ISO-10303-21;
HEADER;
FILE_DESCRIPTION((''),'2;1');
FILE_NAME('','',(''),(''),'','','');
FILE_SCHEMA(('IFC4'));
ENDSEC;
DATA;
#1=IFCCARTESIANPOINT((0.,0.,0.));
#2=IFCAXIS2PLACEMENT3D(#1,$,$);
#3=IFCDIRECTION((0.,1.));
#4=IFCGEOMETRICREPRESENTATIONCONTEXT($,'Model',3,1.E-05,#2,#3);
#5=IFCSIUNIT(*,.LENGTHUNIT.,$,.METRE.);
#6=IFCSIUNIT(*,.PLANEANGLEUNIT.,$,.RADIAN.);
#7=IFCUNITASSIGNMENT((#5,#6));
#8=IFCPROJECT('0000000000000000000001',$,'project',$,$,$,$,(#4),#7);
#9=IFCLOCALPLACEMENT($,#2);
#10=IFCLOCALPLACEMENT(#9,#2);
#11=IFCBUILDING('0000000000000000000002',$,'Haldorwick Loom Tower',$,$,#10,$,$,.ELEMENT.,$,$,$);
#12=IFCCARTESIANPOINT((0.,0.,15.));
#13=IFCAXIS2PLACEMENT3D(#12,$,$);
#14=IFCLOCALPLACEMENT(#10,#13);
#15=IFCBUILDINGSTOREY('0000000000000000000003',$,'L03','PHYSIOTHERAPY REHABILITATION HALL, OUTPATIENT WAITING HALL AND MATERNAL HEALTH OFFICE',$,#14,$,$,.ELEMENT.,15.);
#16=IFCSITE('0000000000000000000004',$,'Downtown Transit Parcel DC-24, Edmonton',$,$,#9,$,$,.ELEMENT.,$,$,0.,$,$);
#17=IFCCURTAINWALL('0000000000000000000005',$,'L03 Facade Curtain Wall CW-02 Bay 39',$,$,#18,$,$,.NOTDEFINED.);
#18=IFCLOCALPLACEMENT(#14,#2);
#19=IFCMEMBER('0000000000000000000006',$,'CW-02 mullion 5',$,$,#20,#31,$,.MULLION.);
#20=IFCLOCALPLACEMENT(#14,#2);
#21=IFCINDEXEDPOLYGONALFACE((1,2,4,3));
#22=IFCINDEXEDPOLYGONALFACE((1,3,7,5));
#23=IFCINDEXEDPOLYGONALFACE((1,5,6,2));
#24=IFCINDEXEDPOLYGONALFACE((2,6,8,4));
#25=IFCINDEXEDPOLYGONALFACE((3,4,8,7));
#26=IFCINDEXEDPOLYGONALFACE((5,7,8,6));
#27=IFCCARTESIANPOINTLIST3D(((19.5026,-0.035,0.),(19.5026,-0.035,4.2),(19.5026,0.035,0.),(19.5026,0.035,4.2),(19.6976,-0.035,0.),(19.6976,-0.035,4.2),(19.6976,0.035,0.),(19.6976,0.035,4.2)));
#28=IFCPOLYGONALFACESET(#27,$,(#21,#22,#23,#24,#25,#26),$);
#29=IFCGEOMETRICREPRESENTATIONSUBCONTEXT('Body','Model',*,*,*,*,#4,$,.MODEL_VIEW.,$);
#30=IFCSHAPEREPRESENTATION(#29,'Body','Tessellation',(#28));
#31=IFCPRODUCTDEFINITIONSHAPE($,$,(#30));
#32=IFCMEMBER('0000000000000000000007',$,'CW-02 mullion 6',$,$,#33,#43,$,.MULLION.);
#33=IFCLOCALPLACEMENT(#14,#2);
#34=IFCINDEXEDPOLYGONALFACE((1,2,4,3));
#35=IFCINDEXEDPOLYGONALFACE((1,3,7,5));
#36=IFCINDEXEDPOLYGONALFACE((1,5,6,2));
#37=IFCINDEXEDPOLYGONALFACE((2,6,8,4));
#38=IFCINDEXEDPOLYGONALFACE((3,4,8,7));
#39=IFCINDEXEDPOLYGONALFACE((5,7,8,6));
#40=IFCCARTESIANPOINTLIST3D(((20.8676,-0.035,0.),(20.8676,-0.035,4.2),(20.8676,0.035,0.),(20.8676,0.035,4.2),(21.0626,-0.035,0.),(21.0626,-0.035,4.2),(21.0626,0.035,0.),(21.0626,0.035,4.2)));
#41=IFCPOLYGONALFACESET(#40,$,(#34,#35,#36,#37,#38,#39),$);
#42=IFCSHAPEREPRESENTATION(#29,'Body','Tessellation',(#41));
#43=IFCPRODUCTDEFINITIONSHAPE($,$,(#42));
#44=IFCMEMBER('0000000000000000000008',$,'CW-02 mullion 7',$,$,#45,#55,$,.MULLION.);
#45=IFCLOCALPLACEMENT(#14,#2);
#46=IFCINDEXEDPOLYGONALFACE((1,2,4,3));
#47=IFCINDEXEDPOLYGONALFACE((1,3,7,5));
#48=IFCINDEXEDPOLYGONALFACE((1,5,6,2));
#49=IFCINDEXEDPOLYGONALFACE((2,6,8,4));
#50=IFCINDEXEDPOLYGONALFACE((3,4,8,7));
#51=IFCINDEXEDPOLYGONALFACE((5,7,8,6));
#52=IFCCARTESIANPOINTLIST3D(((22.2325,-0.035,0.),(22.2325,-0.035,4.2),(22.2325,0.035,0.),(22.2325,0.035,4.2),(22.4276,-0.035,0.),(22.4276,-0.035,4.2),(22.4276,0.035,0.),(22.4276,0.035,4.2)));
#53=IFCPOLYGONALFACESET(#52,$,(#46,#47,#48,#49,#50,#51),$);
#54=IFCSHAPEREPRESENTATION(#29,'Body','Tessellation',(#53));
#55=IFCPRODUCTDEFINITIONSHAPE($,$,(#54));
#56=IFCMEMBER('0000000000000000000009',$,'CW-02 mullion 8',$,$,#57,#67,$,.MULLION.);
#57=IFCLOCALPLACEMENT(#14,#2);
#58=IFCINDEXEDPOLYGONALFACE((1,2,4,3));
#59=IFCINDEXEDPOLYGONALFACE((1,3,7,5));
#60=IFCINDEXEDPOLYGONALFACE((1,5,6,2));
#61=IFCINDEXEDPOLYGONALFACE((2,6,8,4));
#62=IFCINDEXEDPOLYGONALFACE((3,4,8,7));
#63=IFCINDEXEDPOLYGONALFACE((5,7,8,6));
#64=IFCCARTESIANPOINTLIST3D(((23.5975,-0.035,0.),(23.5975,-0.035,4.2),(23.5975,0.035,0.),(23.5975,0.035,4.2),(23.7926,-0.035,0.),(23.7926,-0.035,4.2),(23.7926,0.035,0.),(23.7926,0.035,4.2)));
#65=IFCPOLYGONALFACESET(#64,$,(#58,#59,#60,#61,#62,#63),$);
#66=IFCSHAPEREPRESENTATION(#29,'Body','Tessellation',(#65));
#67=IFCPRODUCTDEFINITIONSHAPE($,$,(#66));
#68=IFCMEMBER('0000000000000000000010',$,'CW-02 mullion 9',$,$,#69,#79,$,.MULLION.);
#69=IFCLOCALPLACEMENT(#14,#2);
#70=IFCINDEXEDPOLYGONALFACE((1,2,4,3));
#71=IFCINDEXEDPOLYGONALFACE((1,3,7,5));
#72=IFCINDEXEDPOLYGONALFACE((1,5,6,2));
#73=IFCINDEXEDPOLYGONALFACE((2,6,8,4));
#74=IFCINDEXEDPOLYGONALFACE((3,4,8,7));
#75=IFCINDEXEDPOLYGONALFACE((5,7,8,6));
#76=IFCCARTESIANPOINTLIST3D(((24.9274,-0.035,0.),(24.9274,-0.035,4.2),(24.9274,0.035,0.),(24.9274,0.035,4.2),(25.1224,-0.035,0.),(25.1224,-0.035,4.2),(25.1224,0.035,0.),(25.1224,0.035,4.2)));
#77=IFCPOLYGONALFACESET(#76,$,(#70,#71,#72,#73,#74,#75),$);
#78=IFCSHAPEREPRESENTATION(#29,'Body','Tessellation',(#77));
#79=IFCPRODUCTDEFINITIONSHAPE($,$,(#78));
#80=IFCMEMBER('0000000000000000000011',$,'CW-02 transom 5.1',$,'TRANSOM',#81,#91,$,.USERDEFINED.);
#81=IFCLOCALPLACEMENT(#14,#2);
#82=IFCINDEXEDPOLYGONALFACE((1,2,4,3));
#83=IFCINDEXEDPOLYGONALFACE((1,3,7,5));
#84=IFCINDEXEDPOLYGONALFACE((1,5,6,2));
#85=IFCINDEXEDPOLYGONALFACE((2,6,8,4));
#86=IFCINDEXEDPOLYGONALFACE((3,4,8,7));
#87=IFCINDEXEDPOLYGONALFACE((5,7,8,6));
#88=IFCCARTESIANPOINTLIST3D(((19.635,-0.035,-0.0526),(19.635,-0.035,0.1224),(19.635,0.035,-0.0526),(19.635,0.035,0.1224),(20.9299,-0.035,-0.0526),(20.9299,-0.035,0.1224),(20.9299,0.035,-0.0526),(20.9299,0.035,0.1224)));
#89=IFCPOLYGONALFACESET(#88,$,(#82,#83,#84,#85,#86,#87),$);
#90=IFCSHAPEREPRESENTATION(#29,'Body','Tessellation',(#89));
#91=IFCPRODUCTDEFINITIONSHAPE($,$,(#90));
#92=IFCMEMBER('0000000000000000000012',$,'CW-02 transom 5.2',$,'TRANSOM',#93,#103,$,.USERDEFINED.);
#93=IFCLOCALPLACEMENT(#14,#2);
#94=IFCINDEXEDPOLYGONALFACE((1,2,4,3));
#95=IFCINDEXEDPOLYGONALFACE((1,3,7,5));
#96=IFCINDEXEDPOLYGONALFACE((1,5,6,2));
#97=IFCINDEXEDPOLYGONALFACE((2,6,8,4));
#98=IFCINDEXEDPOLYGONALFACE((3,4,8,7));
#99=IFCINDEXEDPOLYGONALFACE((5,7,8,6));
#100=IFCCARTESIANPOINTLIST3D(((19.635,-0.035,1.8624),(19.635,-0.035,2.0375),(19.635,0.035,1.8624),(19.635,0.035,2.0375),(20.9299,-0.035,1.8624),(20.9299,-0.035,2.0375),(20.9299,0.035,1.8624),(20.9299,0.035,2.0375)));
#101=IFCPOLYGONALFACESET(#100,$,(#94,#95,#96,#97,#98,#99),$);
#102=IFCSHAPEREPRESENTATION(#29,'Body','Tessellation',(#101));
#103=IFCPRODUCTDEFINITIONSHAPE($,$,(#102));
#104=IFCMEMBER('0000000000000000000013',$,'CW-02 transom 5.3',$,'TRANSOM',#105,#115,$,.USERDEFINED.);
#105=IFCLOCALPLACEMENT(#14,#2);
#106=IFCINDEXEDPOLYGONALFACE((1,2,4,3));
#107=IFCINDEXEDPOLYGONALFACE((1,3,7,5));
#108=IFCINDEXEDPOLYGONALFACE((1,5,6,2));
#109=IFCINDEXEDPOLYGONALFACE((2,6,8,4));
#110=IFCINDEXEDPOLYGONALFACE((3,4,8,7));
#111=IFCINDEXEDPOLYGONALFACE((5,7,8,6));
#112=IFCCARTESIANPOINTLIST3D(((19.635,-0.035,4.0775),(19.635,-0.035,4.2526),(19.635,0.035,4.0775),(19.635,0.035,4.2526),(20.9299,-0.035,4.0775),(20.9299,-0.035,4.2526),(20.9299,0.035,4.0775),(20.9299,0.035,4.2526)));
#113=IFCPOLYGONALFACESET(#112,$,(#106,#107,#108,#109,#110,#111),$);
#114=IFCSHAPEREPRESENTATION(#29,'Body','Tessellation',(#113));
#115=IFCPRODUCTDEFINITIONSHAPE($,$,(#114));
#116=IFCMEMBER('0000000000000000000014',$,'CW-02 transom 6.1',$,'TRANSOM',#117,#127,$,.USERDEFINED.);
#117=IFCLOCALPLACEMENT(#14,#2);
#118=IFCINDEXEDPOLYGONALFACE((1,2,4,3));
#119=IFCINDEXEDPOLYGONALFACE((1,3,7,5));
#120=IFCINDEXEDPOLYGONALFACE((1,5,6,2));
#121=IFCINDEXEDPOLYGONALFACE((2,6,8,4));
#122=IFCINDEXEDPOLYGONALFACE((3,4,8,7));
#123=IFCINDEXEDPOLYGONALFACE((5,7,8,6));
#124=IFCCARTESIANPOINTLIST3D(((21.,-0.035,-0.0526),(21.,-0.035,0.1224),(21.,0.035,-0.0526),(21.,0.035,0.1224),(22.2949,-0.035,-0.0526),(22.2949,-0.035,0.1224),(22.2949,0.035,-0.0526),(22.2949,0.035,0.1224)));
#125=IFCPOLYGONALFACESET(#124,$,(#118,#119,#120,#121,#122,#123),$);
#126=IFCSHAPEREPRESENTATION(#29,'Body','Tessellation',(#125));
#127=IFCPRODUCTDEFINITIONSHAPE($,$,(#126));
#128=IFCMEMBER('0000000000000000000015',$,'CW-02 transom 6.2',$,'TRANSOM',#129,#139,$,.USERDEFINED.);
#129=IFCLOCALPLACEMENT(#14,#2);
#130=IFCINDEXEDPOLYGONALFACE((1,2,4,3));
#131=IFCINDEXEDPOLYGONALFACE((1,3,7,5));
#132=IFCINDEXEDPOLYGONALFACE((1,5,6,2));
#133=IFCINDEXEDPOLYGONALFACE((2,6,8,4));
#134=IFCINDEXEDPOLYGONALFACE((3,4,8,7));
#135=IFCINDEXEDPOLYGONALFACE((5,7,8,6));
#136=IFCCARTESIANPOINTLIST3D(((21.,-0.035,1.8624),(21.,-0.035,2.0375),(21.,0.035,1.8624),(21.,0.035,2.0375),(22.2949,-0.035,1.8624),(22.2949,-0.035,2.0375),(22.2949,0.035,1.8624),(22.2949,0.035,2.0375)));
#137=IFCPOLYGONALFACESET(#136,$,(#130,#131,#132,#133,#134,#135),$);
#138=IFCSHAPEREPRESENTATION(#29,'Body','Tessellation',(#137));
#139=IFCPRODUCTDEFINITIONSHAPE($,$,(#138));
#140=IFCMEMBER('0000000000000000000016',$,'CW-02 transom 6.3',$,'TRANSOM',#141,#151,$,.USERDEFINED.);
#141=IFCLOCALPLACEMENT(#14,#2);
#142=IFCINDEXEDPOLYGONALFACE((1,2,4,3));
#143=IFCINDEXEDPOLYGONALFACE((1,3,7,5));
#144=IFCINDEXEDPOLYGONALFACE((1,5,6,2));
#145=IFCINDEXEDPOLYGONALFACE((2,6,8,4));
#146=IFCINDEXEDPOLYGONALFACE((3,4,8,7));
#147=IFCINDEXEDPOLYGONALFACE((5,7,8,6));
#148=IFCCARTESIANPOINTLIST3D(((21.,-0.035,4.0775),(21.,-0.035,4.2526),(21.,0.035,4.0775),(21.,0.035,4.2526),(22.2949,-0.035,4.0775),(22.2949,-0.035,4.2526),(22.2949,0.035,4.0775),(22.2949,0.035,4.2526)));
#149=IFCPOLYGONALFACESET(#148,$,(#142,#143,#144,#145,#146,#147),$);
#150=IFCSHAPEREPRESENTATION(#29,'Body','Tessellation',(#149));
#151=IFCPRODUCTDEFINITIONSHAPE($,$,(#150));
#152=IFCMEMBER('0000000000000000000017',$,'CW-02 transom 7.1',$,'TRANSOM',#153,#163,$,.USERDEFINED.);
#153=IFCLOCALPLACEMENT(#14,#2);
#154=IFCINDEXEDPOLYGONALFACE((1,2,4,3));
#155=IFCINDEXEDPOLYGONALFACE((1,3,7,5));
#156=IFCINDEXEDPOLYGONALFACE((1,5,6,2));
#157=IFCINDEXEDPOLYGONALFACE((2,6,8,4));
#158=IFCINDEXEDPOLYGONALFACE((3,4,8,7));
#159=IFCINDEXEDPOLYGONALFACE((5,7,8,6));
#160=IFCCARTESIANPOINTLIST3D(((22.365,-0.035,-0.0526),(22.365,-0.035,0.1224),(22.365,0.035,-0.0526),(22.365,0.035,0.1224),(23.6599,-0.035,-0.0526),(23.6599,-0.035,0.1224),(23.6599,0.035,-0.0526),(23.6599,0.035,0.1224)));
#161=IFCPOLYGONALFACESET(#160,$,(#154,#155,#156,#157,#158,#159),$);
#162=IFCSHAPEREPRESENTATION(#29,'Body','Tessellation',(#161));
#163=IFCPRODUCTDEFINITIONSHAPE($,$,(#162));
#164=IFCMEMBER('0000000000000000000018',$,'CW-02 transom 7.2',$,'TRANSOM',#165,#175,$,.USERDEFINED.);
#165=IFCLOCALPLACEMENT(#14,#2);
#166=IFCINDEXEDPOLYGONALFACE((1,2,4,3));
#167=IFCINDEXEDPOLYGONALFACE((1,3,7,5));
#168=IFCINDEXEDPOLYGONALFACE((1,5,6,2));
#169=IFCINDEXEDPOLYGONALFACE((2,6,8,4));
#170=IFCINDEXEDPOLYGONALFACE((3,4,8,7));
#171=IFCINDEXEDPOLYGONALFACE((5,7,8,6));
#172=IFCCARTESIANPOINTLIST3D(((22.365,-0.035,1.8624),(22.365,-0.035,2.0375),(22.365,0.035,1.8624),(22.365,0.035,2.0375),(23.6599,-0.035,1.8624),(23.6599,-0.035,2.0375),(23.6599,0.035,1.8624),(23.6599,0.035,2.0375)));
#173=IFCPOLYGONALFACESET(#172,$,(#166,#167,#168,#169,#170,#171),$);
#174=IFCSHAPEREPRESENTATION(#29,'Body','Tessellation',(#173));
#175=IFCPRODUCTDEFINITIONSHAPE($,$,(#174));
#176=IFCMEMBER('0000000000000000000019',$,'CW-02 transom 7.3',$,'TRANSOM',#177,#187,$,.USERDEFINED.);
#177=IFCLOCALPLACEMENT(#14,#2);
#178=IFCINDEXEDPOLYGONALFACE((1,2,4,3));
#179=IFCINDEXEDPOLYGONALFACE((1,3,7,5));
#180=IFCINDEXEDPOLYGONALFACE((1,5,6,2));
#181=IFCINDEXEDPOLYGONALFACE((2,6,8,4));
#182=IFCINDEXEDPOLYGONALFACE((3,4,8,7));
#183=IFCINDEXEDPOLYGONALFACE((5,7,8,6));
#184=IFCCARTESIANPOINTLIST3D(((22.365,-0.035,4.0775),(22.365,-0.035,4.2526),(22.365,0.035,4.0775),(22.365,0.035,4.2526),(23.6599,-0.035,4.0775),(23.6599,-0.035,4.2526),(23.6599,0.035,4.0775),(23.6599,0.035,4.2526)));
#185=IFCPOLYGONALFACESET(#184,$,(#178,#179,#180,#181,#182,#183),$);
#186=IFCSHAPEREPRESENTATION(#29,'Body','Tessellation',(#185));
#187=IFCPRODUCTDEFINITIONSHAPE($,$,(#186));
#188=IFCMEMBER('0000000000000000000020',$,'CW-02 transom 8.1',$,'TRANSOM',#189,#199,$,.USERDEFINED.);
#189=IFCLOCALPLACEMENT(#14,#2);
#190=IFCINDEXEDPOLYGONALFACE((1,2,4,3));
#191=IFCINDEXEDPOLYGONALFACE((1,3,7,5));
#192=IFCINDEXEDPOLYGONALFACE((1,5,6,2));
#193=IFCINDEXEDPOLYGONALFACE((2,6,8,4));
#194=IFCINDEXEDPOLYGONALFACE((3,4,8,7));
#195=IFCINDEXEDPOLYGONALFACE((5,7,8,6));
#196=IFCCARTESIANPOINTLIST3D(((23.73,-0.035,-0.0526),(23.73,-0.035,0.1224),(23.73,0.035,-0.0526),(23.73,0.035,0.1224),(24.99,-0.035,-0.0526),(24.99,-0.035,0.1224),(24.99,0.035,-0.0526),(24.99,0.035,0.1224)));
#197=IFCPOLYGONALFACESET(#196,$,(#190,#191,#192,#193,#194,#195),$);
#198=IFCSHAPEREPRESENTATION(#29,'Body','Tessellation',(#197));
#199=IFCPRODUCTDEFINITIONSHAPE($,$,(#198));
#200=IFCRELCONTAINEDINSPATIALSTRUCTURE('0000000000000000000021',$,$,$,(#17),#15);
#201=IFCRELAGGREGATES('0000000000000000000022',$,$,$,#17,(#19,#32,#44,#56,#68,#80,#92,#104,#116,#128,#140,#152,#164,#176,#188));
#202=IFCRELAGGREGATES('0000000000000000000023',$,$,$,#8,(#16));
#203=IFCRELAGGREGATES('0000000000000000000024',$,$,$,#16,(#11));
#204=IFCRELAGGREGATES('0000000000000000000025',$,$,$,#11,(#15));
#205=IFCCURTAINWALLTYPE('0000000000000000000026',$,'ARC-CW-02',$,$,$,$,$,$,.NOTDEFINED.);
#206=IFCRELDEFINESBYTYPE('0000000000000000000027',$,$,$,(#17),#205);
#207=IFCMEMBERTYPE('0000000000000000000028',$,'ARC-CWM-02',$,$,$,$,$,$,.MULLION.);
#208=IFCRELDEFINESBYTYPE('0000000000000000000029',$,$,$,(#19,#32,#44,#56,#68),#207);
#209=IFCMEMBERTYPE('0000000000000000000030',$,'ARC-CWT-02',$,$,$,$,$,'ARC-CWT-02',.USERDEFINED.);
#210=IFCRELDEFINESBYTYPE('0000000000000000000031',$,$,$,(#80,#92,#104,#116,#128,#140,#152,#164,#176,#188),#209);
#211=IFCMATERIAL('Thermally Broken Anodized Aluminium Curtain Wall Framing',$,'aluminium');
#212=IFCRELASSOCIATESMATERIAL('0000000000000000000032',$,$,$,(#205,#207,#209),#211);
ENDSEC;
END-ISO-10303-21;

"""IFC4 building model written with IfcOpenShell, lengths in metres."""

from ifc_helpers import new_model, si_unit, direction, frame, origin, origin_2d, place, context, subcontext, project, spatial, rectangle, extrude, material, material_profile, profile_set, type_object, element, aggregate, save


model = new_model("IFC4")

# Units and contexts
model_context = context("Model", 3, precision=1e-05, world=origin(), true_north=direction((0.0, 1.0)))
body_context = subcontext(model_context, "Body", "Model", "MODEL_VIEW")
ifc_project = project(units=[si_unit("LENGTHUNIT", "METRE"), si_unit("PLANEANGLEUNIT", "RADIAN")], contexts=[model_context])

# Site, building, storey
site_placement = place(None, origin())
site = spatial("IfcSite", under=ifc_project, at=site_placement, Name="Downtown Transit Parcel DC-24, Edmonton", CompositionType="ELEMENT", RefElevation=0.0)
building_placement = place(site_placement, origin())
building = spatial("IfcBuilding", under=site, at=building_placement, Name="Haldorwick Loom Tower", CompositionType="ELEMENT")
storey_placement = place(building_placement, frame((0.0, 0.0, 15.0)))
storey = spatial("IfcBuildingStorey", under=building, at=storey_placement, Name="L03", Description="PHYSIOTHERAPY REHABILITATION HALL, OUTPATIENT WAITING HALL AND MATERNAL HEALTH OFFICE", CompositionType="ELEMENT", Elevation=15.0)

# Curtain wall, members
ifc_material_1 = material(Name="Thermally Broken Anodized Aluminium Curtain Wall Framing", Category="aluminium")
curtain_wall_type = type_object("IfcCurtainWallType", Name="ARC-CW-02", PredefinedType="NOTDEFINED", material=ifc_material_1)
curtain_wall_placement = place(storey_placement, origin())
curtain_wall = element("IfcCurtainWall", 1, at=curtain_wall_placement, inside=storey, type_object=curtain_wall_type, Name="L03 Facade Curtain Wall CW-02 Bay 39", PredefinedType="NOTDEFINED")
ifc_material_profile_1 = material_profile(ifc_material_1, rectangle(XDim=0.0701, YDim=0.1951, at=origin_2d()), Name="ALU_MUL_70X195", Category="aluminium")
ifc_profile_set_1 = profile_set([ifc_material_profile_1], Name="Thermally Broken Anodized Aluminium Curtain Wall Framing")
member_type_1 = type_object("IfcMemberType", Name="ARC-CWM-02", PredefinedType="MULLION", material=ifc_profile_set_1)
member_1_placement = place(storey_placement, frame((19.6001, 0.0, 0.0), z_axis=(0.0, 0.0, 1.0), x_axis=(0.0, 1.0, 0.0)))
member_1 = element("IfcMember", 2, at=member_1_placement, type_object=member_type_1, Name="CW-02 mullion 5", PredefinedType="MULLION", context=body_context, shape_type="SweptSolid", body=[
    extrude(rectangle(XDim=0.0701, YDim=0.1951, at=origin_2d()), origin(), (0.0, 0.0, 1.0), 4.2),
])
member_2_placement = place(storey_placement, frame((20.9651, 0.0, 0.0), z_axis=(0.0, 0.0, 1.0), x_axis=(0.0, 1.0, 0.0)))
member_2 = element("IfcMember", 3, at=member_2_placement, type_object=member_type_1, Name="CW-02 mullion 6", PredefinedType="MULLION", context=body_context, shape_type="SweptSolid", body=[
    extrude(rectangle(XDim=0.0701, YDim=0.1951, at=origin_2d()), origin(), (0.0, 0.0, 1.0), 4.2),
])
member_3_placement = place(storey_placement, frame((22.3301, 0.0, 0.0), z_axis=(0.0, 0.0, 1.0), x_axis=(0.0, 1.0, 0.0)))
member_3 = element("IfcMember", 4, at=member_3_placement, type_object=member_type_1, Name="CW-02 mullion 7", PredefinedType="MULLION", context=body_context, shape_type="SweptSolid", body=[
    extrude(rectangle(XDim=0.0701, YDim=0.1951, at=origin_2d()), origin(), (0.0, 0.0, 1.0), 4.2),
])
member_4_placement = place(storey_placement, frame((23.6951, 0.0, 0.0), z_axis=(0.0, 0.0, 1.0), x_axis=(0.0, 1.0, 0.0)))
member_4 = element("IfcMember", 5, at=member_4_placement, type_object=member_type_1, Name="CW-02 mullion 8", PredefinedType="MULLION", context=body_context, shape_type="SweptSolid", body=[
    extrude(rectangle(XDim=0.0701, YDim=0.1951, at=origin_2d()), origin(), (0.0, 0.0, 1.0), 4.2),
])
member_5_placement = place(storey_placement, frame((25.0249, 0.0, 0.0), z_axis=(0.0, 0.0, 1.0), x_axis=(0.0, 1.0, 0.0)))
member_5 = element("IfcMember", 6, at=member_5_placement, type_object=member_type_1, Name="CW-02 mullion 9", PredefinedType="MULLION", context=body_context, shape_type="SweptSolid", body=[
    extrude(rectangle(XDim=0.0701, YDim=0.1951, at=origin_2d()), origin(), (0.0, 0.0, 1.0), 4.2),
])
ifc_material_profile_2 = material_profile(ifc_material_1, rectangle(XDim=0.0701, YDim=0.175, at=origin_2d()), Name="ALU_TRN_70X175", Category="aluminium")
ifc_profile_set_2 = profile_set([ifc_material_profile_2], Name="Thermally Broken Anodized Aluminium Curtain Wall Framing")
member_type_2 = type_object("IfcMemberType", Name="ARC-CWT-02", ElementType="ARC-CWT-02", PredefinedType="USERDEFINED", material=ifc_profile_set_2)
member_6_placement = place(storey_placement, frame((19.635, 0.0, 0.0349), z_axis=(1.0, 0.0, 0.0), x_axis=(0.0, 1.0, 0.0)))
member_6 = element("IfcMember", 7, at=member_6_placement, type_object=member_type_2, Name="CW-02 transom 5.1", ObjectType="TRANSOM", PredefinedType="USERDEFINED", context=body_context, shape_type="SweptSolid", body=[
    extrude(rectangle(XDim=0.0701, YDim=0.175, at=origin_2d()), origin(), (0.0, 0.0, 1.0), 1.2949),
])
member_7_placement = place(storey_placement, frame((19.635, 0.0, 1.95), z_axis=(1.0, 0.0, 0.0), x_axis=(0.0, 1.0, 0.0)))
member_7 = element("IfcMember", 8, at=member_7_placement, type_object=member_type_2, Name="CW-02 transom 5.2", ObjectType="TRANSOM", PredefinedType="USERDEFINED", context=body_context, shape_type="SweptSolid", body=[
    extrude(rectangle(XDim=0.0701, YDim=0.175, at=origin_2d()), origin(), (0.0, 0.0, 1.0), 1.2949),
])
member_8_placement = place(storey_placement, frame((19.635, 0.0, 4.165), z_axis=(1.0, 0.0, 0.0), x_axis=(0.0, 1.0, 0.0)))
member_8 = element("IfcMember", 9, at=member_8_placement, type_object=member_type_2, Name="CW-02 transom 5.3", ObjectType="TRANSOM", PredefinedType="USERDEFINED", context=body_context, shape_type="SweptSolid", body=[
    extrude(rectangle(XDim=0.0701, YDim=0.175, at=origin_2d()), origin(), (0.0, 0.0, 1.0), 1.2949),
])
member_9_placement = place(storey_placement, frame((21.0, 0.0, 0.0349), z_axis=(1.0, 0.0, 0.0), x_axis=(0.0, 1.0, 0.0)))
member_9 = element("IfcMember", 10, at=member_9_placement, type_object=member_type_2, Name="CW-02 transom 6.1", ObjectType="TRANSOM", PredefinedType="USERDEFINED", context=body_context, shape_type="SweptSolid", body=[
    extrude(rectangle(XDim=0.0701, YDim=0.175, at=origin_2d()), origin(), (0.0, 0.0, 1.0), 1.2949),
])
member_10_placement = place(storey_placement, frame((21.0, 0.0, 1.95), z_axis=(1.0, 0.0, 0.0), x_axis=(0.0, 1.0, 0.0)))
member_10 = element("IfcMember", 11, at=member_10_placement, type_object=member_type_2, Name="CW-02 transom 6.2", ObjectType="TRANSOM", PredefinedType="USERDEFINED", context=body_context, shape_type="SweptSolid", body=[
    extrude(rectangle(XDim=0.0701, YDim=0.175, at=origin_2d()), origin(), (0.0, 0.0, 1.0), 1.2949),
])
member_11_placement = place(storey_placement, frame((21.0, 0.0, 4.165), z_axis=(1.0, 0.0, 0.0), x_axis=(0.0, 1.0, 0.0)))
member_11 = element("IfcMember", 12, at=member_11_placement, type_object=member_type_2, Name="CW-02 transom 6.3", ObjectType="TRANSOM", PredefinedType="USERDEFINED", context=body_context, shape_type="SweptSolid", body=[
    extrude(rectangle(XDim=0.0701, YDim=0.175, at=origin_2d()), origin(), (0.0, 0.0, 1.0), 1.2949),
])
member_12_placement = place(storey_placement, frame((22.365, 0.0, 0.0349), z_axis=(1.0, 0.0, 0.0), x_axis=(0.0, 1.0, 0.0)))
member_12 = element("IfcMember", 13, at=member_12_placement, type_object=member_type_2, Name="CW-02 transom 7.1", ObjectType="TRANSOM", PredefinedType="USERDEFINED", context=body_context, shape_type="SweptSolid", body=[
    extrude(rectangle(XDim=0.0701, YDim=0.175, at=origin_2d()), origin(), (0.0, 0.0, 1.0), 1.2949),
])
member_13_placement = place(storey_placement, frame((22.365, 0.0, 1.95), z_axis=(1.0, 0.0, 0.0), x_axis=(0.0, 1.0, 0.0)))
member_13 = element("IfcMember", 14, at=member_13_placement, type_object=member_type_2, Name="CW-02 transom 7.2", ObjectType="TRANSOM", PredefinedType="USERDEFINED", context=body_context, shape_type="SweptSolid", body=[
    extrude(rectangle(XDim=0.0701, YDim=0.175, at=origin_2d()), origin(), (0.0, 0.0, 1.0), 1.2949),
])
member_14_placement = place(storey_placement, frame((22.365, 0.0, 4.165), z_axis=(1.0, 0.0, 0.0), x_axis=(0.0, 1.0, 0.0)))
member_14 = element("IfcMember", 15, at=member_14_placement, type_object=member_type_2, Name="CW-02 transom 7.3", ObjectType="TRANSOM", PredefinedType="USERDEFINED", context=body_context, shape_type="SweptSolid", body=[
    extrude(rectangle(XDim=0.0701, YDim=0.175, at=origin_2d()), origin(), (0.0, 0.0, 1.0), 1.2949),
])
member_15_placement = place(storey_placement, frame((23.73, 0.0, 0.0349), z_axis=(1.0, 0.0, 0.0), x_axis=(0.0, 1.0, 0.0)))
member_15 = element("IfcMember", 16, at=member_15_placement, type_object=member_type_2, Name="CW-02 transom 8.1", ObjectType="TRANSOM", PredefinedType="USERDEFINED", context=body_context, shape_type="SweptSolid", body=[
    extrude(rectangle(XDim=0.0701, YDim=0.175, at=origin_2d()), origin(), (0.0, 0.0, 1.0), 1.26),
])
aggregate(curtain_wall, [member_1, member_2, member_3, member_4, member_5, member_6, member_7, member_8, member_9, member_10, member_11, member_12, member_13, member_14, member_15])

save(model, "model.ifc")
